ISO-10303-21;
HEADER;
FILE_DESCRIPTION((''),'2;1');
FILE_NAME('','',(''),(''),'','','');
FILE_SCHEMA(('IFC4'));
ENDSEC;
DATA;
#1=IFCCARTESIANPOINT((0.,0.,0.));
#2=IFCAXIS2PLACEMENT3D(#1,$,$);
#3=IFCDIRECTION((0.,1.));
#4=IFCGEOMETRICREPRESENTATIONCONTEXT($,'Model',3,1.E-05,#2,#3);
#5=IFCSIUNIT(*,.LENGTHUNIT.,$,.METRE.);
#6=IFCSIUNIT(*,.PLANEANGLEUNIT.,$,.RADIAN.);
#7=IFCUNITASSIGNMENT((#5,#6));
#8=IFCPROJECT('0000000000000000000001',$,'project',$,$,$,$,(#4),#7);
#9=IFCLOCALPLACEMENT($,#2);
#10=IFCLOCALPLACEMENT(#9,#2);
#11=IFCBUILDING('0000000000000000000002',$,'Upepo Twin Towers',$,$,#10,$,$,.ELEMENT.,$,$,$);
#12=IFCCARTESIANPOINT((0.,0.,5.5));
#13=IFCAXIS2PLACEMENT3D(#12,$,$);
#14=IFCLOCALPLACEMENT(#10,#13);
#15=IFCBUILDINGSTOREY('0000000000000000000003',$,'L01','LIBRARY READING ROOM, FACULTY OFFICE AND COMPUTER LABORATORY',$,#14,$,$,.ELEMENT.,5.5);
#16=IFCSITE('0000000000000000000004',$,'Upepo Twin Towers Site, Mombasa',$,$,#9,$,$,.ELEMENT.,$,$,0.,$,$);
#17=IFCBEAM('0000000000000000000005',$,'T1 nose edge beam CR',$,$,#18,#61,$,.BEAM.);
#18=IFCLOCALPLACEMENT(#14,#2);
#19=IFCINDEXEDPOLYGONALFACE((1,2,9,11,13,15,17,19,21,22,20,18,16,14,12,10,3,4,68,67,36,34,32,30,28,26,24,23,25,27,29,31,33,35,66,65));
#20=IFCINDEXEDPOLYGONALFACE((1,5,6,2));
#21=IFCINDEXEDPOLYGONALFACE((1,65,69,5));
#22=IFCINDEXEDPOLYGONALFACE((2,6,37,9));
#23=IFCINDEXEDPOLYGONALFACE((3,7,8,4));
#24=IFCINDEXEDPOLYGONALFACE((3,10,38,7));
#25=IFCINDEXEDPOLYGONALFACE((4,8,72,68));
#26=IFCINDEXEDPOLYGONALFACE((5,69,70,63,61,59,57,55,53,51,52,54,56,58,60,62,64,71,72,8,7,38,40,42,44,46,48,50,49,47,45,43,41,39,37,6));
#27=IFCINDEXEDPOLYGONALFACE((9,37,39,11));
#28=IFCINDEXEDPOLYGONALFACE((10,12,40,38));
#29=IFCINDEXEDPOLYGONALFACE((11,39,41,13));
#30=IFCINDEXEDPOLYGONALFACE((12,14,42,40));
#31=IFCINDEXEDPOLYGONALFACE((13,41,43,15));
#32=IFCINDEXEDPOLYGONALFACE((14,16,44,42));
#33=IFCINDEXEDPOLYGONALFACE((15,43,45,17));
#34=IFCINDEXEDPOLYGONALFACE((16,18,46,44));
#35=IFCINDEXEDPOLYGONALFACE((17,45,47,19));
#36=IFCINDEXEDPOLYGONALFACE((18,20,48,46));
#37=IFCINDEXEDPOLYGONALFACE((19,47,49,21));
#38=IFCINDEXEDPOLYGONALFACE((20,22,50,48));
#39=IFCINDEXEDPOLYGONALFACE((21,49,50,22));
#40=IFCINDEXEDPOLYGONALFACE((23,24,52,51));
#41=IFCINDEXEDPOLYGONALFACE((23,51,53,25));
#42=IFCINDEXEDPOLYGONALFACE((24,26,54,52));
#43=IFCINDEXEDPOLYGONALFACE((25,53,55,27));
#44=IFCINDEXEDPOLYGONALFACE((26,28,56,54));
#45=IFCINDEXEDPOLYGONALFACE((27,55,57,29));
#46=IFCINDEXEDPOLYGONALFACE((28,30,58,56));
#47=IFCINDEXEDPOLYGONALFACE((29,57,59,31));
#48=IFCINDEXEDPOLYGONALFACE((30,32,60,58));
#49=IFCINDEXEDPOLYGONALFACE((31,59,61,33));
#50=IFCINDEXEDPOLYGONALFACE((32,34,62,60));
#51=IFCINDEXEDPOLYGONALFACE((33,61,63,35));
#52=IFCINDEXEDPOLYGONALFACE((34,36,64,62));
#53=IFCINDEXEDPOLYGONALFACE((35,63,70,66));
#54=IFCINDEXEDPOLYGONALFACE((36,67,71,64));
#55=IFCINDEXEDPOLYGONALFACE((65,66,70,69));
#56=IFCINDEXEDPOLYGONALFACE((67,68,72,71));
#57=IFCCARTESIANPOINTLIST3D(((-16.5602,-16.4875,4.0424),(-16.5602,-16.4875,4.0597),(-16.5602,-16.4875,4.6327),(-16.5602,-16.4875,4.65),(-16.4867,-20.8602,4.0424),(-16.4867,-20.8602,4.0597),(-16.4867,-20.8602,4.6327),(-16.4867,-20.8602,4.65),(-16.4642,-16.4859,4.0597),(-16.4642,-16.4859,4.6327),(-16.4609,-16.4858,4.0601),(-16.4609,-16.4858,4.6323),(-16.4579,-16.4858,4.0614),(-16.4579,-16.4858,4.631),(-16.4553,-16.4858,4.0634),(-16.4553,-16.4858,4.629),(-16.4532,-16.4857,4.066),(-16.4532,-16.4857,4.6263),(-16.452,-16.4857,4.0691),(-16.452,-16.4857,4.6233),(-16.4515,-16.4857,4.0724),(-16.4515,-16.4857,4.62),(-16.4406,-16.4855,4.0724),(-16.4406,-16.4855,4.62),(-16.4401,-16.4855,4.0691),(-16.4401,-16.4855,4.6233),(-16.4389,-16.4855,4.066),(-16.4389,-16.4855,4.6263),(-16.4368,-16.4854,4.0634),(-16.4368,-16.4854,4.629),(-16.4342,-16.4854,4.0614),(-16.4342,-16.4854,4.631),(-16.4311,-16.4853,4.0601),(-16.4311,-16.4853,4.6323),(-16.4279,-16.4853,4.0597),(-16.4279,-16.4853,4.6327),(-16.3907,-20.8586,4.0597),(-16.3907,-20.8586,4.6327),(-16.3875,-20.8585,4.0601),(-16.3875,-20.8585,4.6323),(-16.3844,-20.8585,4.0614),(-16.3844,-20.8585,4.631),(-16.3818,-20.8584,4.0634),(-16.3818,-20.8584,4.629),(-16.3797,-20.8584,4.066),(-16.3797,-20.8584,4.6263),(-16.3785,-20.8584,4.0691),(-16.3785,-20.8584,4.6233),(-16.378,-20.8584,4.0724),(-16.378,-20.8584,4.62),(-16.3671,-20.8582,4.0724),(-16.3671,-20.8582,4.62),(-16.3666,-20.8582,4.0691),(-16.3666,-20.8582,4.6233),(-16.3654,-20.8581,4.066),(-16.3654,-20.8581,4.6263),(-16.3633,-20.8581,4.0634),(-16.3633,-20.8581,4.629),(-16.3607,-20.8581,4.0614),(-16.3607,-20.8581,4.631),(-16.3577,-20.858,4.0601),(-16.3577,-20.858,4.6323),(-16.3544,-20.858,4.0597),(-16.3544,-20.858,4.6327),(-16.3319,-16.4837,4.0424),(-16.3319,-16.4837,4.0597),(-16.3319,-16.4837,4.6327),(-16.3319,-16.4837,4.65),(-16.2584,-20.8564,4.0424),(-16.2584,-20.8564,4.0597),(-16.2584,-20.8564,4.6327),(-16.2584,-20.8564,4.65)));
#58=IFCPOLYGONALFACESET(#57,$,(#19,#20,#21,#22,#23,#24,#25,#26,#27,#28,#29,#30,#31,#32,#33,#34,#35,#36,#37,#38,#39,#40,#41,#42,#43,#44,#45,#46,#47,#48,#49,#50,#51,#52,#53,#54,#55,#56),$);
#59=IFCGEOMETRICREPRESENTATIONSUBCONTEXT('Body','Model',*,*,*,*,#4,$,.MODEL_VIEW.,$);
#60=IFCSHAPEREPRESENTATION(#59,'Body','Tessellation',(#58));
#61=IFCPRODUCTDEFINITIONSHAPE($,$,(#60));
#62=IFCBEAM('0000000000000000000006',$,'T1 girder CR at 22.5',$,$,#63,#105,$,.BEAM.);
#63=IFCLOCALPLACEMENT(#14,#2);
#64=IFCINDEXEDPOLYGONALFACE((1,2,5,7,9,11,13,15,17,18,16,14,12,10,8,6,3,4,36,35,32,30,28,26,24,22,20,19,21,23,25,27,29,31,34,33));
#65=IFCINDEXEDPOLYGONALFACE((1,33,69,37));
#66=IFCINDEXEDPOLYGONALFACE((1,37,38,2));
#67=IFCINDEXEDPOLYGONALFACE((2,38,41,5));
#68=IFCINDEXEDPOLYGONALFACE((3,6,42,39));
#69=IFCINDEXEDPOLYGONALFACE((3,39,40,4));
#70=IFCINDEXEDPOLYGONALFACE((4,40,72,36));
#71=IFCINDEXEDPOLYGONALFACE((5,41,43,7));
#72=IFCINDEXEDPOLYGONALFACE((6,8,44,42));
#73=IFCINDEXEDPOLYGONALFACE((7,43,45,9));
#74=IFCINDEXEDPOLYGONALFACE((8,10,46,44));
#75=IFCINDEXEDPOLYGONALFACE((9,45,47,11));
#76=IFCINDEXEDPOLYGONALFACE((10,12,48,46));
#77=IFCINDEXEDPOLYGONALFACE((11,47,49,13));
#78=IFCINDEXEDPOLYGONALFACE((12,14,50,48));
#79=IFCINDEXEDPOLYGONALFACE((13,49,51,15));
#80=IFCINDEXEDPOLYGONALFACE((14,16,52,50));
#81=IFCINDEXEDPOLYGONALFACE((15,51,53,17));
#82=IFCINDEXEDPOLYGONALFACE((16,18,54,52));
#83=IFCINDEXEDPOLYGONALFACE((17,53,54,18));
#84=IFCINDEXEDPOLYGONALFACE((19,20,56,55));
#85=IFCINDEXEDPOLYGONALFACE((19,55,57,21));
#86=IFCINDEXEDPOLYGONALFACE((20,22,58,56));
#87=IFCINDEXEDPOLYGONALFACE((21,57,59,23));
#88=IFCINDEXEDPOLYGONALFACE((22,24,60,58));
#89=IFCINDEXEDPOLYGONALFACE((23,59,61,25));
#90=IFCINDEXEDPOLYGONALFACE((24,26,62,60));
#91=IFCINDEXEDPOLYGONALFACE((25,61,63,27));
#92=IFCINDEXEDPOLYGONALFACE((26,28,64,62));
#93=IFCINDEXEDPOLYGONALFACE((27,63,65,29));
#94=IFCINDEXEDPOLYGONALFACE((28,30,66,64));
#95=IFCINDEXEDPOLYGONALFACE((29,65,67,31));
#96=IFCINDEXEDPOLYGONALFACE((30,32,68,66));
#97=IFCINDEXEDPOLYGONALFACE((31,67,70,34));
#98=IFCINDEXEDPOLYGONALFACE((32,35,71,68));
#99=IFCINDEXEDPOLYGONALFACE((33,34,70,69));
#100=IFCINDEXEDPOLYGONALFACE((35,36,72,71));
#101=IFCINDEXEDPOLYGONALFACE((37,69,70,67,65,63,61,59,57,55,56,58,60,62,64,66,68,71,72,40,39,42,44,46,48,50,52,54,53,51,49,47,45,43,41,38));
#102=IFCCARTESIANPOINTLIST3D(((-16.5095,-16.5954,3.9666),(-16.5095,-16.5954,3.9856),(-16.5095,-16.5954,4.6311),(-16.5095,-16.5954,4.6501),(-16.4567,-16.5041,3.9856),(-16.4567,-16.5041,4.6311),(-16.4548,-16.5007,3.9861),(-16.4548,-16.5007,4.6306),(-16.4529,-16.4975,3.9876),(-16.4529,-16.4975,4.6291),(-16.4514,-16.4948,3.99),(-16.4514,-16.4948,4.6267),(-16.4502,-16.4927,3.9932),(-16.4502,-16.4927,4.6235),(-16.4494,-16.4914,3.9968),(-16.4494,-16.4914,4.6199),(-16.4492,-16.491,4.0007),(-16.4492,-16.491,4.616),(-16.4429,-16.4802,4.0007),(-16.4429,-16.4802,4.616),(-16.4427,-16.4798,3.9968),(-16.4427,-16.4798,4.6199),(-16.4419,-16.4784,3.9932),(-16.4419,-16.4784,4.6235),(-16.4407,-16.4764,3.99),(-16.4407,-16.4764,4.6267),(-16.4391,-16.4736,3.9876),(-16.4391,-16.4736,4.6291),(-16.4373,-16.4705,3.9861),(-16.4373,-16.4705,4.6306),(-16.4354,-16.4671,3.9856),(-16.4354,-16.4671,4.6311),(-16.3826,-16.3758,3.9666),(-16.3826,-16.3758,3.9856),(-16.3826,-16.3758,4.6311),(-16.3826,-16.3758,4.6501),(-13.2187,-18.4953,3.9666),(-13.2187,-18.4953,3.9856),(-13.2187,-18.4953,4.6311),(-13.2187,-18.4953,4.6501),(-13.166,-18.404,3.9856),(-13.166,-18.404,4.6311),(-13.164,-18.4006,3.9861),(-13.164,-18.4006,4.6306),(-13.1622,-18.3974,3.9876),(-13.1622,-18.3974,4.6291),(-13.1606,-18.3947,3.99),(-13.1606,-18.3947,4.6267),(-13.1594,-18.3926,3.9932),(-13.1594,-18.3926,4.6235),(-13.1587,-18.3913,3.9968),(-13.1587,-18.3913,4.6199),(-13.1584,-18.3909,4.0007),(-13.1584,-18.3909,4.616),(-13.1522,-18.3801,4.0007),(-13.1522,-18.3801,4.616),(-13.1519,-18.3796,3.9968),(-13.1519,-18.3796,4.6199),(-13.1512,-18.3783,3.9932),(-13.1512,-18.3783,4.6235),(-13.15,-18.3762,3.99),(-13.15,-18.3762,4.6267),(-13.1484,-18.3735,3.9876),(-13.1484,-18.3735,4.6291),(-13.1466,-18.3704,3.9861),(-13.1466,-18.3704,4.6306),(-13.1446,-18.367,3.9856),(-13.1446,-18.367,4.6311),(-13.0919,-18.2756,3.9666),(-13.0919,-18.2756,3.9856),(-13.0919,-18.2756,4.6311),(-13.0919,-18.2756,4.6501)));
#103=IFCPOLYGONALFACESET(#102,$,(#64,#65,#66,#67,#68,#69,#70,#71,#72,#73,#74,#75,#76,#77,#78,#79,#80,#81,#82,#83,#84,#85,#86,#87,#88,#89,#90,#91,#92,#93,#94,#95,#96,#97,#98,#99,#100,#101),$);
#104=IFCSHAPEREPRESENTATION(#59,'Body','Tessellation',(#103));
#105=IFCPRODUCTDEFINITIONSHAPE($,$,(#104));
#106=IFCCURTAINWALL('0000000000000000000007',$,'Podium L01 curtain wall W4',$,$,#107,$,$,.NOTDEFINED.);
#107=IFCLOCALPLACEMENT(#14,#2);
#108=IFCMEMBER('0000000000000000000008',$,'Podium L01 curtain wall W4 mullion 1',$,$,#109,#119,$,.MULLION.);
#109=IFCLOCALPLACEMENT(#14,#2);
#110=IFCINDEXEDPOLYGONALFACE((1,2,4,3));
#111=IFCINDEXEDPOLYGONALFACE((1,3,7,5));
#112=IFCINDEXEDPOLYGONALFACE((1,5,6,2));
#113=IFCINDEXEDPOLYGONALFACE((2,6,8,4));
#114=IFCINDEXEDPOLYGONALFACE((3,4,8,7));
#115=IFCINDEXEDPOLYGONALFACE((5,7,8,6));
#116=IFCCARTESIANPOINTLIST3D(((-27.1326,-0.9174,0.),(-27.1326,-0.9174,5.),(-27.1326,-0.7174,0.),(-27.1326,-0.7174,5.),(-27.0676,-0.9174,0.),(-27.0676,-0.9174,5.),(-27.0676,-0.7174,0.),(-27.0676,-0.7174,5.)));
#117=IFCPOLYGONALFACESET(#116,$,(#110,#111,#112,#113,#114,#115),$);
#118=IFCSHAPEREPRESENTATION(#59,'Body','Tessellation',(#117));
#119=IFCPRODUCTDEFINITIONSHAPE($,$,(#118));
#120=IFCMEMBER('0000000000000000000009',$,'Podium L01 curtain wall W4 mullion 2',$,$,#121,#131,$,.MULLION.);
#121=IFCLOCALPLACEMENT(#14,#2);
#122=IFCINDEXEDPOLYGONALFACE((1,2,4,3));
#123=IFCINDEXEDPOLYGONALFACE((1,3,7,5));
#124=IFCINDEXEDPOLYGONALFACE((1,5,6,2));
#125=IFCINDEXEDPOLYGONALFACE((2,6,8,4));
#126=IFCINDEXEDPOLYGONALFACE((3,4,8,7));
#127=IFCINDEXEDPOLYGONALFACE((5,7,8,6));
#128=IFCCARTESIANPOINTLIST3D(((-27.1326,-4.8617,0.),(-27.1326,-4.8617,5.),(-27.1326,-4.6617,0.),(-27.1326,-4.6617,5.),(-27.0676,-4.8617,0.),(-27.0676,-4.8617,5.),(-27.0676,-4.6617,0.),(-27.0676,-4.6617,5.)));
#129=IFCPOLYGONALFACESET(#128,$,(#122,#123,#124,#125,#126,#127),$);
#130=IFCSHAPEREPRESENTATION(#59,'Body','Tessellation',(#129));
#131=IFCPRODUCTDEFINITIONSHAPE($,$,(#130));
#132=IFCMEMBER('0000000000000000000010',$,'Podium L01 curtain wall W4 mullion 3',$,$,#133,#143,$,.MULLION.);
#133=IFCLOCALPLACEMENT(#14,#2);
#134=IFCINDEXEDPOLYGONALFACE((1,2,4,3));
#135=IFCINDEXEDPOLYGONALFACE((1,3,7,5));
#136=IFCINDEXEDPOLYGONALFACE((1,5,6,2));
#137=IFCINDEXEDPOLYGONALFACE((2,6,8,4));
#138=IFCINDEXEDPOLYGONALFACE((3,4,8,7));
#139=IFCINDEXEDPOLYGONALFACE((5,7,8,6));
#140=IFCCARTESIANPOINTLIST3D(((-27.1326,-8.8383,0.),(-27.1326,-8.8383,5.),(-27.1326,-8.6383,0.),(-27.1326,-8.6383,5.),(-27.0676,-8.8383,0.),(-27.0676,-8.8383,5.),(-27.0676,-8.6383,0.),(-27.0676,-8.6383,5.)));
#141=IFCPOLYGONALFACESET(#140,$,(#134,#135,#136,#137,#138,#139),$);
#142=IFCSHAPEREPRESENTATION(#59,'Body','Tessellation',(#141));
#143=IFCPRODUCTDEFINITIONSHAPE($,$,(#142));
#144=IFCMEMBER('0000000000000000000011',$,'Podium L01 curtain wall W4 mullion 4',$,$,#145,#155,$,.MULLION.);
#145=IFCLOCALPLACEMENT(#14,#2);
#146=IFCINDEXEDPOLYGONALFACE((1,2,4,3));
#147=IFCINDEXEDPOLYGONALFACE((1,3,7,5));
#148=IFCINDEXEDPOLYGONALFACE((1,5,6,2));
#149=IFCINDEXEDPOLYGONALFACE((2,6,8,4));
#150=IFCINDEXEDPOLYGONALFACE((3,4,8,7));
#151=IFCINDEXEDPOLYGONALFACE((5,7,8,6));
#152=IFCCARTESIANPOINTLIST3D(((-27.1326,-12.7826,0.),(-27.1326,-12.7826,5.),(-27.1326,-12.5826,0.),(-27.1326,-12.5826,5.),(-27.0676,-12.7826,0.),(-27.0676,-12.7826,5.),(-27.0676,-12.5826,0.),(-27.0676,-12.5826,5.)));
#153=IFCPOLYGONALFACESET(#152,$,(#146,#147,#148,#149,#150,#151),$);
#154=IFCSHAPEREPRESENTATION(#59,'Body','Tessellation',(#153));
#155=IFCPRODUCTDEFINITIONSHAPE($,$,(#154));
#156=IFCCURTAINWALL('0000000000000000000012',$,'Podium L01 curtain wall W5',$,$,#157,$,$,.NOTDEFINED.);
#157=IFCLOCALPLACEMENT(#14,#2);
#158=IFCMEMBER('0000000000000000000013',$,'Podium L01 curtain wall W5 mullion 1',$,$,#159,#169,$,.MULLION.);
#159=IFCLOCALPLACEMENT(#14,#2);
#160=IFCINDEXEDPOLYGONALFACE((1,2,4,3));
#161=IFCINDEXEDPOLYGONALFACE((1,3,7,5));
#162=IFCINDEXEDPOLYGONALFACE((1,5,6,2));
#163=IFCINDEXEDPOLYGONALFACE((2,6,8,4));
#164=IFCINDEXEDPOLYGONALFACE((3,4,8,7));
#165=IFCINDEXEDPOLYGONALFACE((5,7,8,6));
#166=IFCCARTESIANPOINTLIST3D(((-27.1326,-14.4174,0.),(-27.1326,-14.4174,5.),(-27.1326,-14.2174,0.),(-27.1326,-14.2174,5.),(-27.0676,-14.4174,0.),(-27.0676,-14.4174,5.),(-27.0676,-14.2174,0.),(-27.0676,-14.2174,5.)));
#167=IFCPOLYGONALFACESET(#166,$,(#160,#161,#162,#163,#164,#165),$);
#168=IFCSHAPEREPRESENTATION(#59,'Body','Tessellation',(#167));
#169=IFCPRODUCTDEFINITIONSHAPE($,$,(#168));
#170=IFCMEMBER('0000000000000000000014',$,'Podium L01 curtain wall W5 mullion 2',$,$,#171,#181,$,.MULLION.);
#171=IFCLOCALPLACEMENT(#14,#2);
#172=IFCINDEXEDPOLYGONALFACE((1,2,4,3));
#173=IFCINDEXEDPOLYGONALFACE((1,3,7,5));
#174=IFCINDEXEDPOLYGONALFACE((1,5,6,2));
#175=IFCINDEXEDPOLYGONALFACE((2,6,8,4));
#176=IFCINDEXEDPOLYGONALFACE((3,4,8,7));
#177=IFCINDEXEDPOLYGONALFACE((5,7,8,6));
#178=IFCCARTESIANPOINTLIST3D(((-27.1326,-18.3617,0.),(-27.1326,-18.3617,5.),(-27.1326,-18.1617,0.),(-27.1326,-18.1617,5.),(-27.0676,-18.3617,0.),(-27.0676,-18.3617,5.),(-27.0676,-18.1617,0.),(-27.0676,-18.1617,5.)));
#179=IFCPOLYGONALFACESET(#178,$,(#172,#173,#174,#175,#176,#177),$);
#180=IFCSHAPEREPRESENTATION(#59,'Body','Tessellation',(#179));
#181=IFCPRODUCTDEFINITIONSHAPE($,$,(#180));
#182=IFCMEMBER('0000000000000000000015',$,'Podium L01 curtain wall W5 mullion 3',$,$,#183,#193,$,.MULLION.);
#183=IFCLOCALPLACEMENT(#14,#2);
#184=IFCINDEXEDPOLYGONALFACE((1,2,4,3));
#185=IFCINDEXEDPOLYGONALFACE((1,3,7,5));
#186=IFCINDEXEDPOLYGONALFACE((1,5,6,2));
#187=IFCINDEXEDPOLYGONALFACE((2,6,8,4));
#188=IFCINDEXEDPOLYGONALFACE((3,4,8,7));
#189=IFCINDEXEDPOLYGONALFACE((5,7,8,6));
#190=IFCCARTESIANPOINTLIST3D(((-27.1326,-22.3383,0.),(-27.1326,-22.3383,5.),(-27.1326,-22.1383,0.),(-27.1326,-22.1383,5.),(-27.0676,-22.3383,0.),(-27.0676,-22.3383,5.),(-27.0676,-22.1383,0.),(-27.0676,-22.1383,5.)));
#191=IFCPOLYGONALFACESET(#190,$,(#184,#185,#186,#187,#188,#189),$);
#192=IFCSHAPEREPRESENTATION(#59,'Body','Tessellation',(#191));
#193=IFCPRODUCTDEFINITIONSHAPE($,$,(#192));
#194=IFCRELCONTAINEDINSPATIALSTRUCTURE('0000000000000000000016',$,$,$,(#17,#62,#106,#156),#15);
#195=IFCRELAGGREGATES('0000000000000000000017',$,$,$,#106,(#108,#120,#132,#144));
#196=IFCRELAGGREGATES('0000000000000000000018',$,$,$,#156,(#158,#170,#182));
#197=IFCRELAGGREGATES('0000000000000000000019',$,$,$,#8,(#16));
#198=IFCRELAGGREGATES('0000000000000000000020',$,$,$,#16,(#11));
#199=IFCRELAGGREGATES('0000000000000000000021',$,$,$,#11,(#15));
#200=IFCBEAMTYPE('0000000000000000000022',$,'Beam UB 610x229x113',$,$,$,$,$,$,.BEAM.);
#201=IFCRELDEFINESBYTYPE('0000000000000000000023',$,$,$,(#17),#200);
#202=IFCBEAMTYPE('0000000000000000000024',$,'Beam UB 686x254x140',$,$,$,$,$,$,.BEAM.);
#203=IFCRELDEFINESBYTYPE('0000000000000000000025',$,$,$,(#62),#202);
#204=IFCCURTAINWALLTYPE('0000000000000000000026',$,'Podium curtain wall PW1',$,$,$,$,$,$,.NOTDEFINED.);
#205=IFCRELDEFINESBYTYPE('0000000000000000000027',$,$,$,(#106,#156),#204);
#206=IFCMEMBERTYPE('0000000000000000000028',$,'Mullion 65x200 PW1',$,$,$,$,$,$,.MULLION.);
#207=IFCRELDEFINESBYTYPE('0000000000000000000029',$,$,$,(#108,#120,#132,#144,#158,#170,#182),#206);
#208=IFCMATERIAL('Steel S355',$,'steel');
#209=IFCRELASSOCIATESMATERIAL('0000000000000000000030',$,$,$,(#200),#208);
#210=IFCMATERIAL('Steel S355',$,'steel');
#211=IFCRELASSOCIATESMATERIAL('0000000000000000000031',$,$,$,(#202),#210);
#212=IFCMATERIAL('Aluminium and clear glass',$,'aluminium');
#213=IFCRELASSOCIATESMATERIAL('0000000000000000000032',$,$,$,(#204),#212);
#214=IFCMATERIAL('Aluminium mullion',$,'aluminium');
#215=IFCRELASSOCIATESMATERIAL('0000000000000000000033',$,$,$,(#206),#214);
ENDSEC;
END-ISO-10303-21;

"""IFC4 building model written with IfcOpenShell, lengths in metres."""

from ifc_helpers import new_model, si_unit, direction, frame, origin, origin_2d, place, context, subcontext, project, spatial, rectangle, i_section, extrude, material, material_profile, profile_set, type_object, element, aggregate, save


model = new_model("IFC4")

# Units and contexts
model_context = context("Model", 3, precision=1e-05, world=origin(), true_north=direction((0.0, 1.0)))
body_context = subcontext(model_context, "Body", "Model", "MODEL_VIEW")
ifc_project = project(units=[si_unit("LENGTHUNIT", "METRE"), si_unit("PLANEANGLEUNIT", "RADIAN")], contexts=[model_context])

# Site, building, storey
site_placement = place(None, origin())
site = spatial("IfcSite", under=ifc_project, at=site_placement, Name="Upepo Twin Towers Site, Mombasa", CompositionType="ELEMENT", RefElevation=0.0)
building_placement = place(site_placement, origin())
building = spatial("IfcBuilding", under=site, at=building_placement, Name="Upepo Twin Towers", CompositionType="ELEMENT")
storey_placement = place(building_placement, frame((0.0, 0.0, 5.5)))
storey = spatial("IfcBuildingStorey", under=building, at=storey_placement, Name="L01", Description="LIBRARY READING ROOM, FACULTY OFFICE AND COMPUTER LABORATORY", CompositionType="ELEMENT", Elevation=5.5)

# Beams
ifc_material_1 = material(Name="Steel S355", Category="steel")
ifc_material_profile_1 = material_profile(ifc_material_1, i_section(OverallWidth=0.2283, OverallDepth=0.6077, WebThickness=0.011, FlangeThickness=0.0173, FilletRadius=0.0127, at=origin_2d()), Name="UB 610x229x113")
ifc_profile_set_1 = profile_set([ifc_material_profile_1], Name="Steel S355")
beam_type_1 = type_object("IfcBeamType", Name="Beam UB 610x229x113", PredefinedType="BEAM", material=ifc_profile_set_1)
beam_1_placement = place(storey_placement, frame((-16.446, -16.4856, 4.3462), z_axis=(0.016804, -0.999859, 0.0), x_axis=(0.999859, 0.016804, 0.0)))
element("IfcBeam", 1, at=beam_1_placement, inside=storey, type_object=beam_type_1, Name="T1 nose edge beam CR", PredefinedType="BEAM", context=body_context, shape_type="SweptSolid", body=[
    extrude(i_section(OverallWidth=0.2283, OverallDepth=0.6077, WebThickness=0.011, FlangeThickness=0.0173, FilletRadius=0.0127, at=origin_2d()), origin(), (0.0, 0.0, 1.0), 4.3733),
])
ifc_material_2 = material(Name="Steel S355", Category="steel")
ifc_material_profile_2 = material_profile(ifc_material_2, i_section(OverallWidth=0.2537, OverallDepth=0.6836, WebThickness=0.0125, FlangeThickness=0.019, FilletRadius=0.0151, at=origin_2d()), Name="UB 686x254x140")
ifc_profile_set_2 = profile_set([ifc_material_profile_2], Name="Steel S355")
beam_type_2 = type_object("IfcBeamType", Name="Beam UB 686x254x140", PredefinedType="BEAM", material=ifc_profile_set_2)
beam_2_placement = place(storey_placement, frame((-16.446, -16.4856, 4.3083), z_axis=(0.866028, -0.499995, 0.0), x_axis=(0.499995, 0.866028, 0.0)))
element("IfcBeam", 2, at=beam_2_placement, inside=storey, type_object=beam_type_2, Name="T1 girder CR at 22.5", PredefinedType="BEAM", context=body_context, shape_type="SweptSolid", body=[
    extrude(i_section(OverallWidth=0.2537, OverallDepth=0.6836, WebThickness=0.0125, FlangeThickness=0.019, FilletRadius=0.0151, at=origin_2d()), origin(), (0.0, 0.0, 1.0), 3.7998),
])

# Curtain walls, members
ifc_material_3 = material(Name="Aluminium and clear glass", Category="aluminium")
curtain_wall_type = type_object("IfcCurtainWallType", Name="Podium curtain wall PW1", PredefinedType="NOTDEFINED", material=ifc_material_3)
curtain_wall_1_placement = place(storey_placement, origin())
curtain_wall_1 = element("IfcCurtainWall", 3, at=curtain_wall_1_placement, inside=storey, type_object=curtain_wall_type, Name="Podium L01 curtain wall W4", PredefinedType="NOTDEFINED")
ifc_material_4 = material(Name="Aluminium mullion", Category="aluminium")
ifc_material_profile_3 = material_profile(ifc_material_4, rectangle(XDim=0.0649, YDim=0.2, at=origin_2d()), Name="MULLION 65x200 PODIUM")
ifc_profile_set_3 = profile_set([ifc_material_profile_3], Name="Aluminium mullion")
member_type_1 = type_object("IfcMemberType", Name="Mullion 65x200 PW1", PredefinedType="MULLION", material=ifc_profile_set_3)
member_1_placement = place(storey_placement, frame((-27.1001, -0.8174, 0.0), z_axis=(0.0, 0.0, 1.0), x_axis=(1.0, 0.0, 0.0)))
member_1 = element("IfcMember", 4, at=member_1_placement, type_object=member_type_1, Name="Podium L01 curtain wall W4 mullion 1", PredefinedType="MULLION", context=body_context, shape_type="SweptSolid", body=[
    extrude(rectangle(XDim=0.0649, YDim=0.2, at=origin_2d()), origin(), (0.0, 0.0, 1.0), 5.0),
])
member_2_placement = place(storey_placement, frame((-27.1001, -4.7617, 0.0), z_axis=(0.0, 0.0, 1.0), x_axis=(1.0, 0.0, 0.0)))
member_2 = element("IfcMember", 5, at=member_2_placement, type_object=member_type_1, Name="Podium L01 curtain wall W4 mullion 2", PredefinedType="MULLION", context=body_context, shape_type="SweptSolid", body=[
    extrude(rectangle(XDim=0.0649, YDim=0.2, at=origin_2d()), origin(), (0.0, 0.0, 1.0), 5.0),
])
member_3_placement = place(storey_placement, frame((-27.1001, -8.7383, 0.0), z_axis=(0.0, 0.0, 1.0), x_axis=(1.0, 0.0, 0.0)))
member_3 = element("IfcMember", 6, at=member_3_placement, type_object=member_type_1, Name="Podium L01 curtain wall W4 mullion 3", PredefinedType="MULLION", context=body_context, shape_type="SweptSolid", body=[
    extrude(rectangle(XDim=0.0649, YDim=0.2, at=origin_2d()), origin(), (0.0, 0.0, 1.0), 5.0),
])
member_4_placement = place(storey_placement, frame((-27.1001, -12.6826, 0.0), z_axis=(0.0, 0.0, 1.0), x_axis=(1.0, 0.0, 0.0)))
member_4 = element("IfcMember", 7, at=member_4_placement, type_object=member_type_1, Name="Podium L01 curtain wall W4 mullion 4", PredefinedType="MULLION", context=body_context, shape_type="SweptSolid", body=[
    extrude(rectangle(XDim=0.0649, YDim=0.2, at=origin_2d()), origin(), (0.0, 0.0, 1.0), 5.0),
])
curtain_wall_2_placement = place(storey_placement, origin())
curtain_wall_2 = element("IfcCurtainWall", 8, at=curtain_wall_2_placement, inside=storey, type_object=curtain_wall_type, Name="Podium L01 curtain wall W5", PredefinedType="NOTDEFINED")
member_5_placement = place(storey_placement, frame((-27.1001, -14.3174, 0.0), z_axis=(0.0, 0.0, 1.0), x_axis=(1.0, 0.0, 0.0)))
member_5 = element("IfcMember", 9, at=member_5_placement, type_object=member_type_1, Name="Podium L01 curtain wall W5 mullion 1", PredefinedType="MULLION", context=body_context, shape_type="SweptSolid", body=[
    extrude(rectangle(XDim=0.0649, YDim=0.2, at=origin_2d()), origin(), (0.0, 0.0, 1.0), 5.0),
])
member_6_placement = place(storey_placement, frame((-27.1001, -18.2617, 0.0), z_axis=(0.0, 0.0, 1.0), x_axis=(1.0, 0.0, 0.0)))
member_6 = element("IfcMember", 10, at=member_6_placement, type_object=member_type_1, Name="Podium L01 curtain wall W5 mullion 2", PredefinedType="MULLION", context=body_context, shape_type="SweptSolid", body=[
    extrude(rectangle(XDim=0.0649, YDim=0.2, at=origin_2d()), origin(), (0.0, 0.0, 1.0), 5.0),
])
member_7_placement = place(storey_placement, frame((-27.1001, -22.2383, 0.0), z_axis=(0.0, 0.0, 1.0), x_axis=(1.0, 0.0, 0.0)))
member_7 = element("IfcMember", 11, at=member_7_placement, type_object=member_type_1, Name="Podium L01 curtain wall W5 mullion 3", PredefinedType="MULLION", context=body_context, shape_type="SweptSolid", body=[
    extrude(rectangle(XDim=0.0649, YDim=0.2, at=origin_2d()), origin(), (0.0, 0.0, 1.0), 5.0),
])

aggregate(curtain_wall_1, [member_1, member_2, member_3, member_4])
aggregate(curtain_wall_2, [member_5, member_6, member_7])

save(model, "model.ifc")
